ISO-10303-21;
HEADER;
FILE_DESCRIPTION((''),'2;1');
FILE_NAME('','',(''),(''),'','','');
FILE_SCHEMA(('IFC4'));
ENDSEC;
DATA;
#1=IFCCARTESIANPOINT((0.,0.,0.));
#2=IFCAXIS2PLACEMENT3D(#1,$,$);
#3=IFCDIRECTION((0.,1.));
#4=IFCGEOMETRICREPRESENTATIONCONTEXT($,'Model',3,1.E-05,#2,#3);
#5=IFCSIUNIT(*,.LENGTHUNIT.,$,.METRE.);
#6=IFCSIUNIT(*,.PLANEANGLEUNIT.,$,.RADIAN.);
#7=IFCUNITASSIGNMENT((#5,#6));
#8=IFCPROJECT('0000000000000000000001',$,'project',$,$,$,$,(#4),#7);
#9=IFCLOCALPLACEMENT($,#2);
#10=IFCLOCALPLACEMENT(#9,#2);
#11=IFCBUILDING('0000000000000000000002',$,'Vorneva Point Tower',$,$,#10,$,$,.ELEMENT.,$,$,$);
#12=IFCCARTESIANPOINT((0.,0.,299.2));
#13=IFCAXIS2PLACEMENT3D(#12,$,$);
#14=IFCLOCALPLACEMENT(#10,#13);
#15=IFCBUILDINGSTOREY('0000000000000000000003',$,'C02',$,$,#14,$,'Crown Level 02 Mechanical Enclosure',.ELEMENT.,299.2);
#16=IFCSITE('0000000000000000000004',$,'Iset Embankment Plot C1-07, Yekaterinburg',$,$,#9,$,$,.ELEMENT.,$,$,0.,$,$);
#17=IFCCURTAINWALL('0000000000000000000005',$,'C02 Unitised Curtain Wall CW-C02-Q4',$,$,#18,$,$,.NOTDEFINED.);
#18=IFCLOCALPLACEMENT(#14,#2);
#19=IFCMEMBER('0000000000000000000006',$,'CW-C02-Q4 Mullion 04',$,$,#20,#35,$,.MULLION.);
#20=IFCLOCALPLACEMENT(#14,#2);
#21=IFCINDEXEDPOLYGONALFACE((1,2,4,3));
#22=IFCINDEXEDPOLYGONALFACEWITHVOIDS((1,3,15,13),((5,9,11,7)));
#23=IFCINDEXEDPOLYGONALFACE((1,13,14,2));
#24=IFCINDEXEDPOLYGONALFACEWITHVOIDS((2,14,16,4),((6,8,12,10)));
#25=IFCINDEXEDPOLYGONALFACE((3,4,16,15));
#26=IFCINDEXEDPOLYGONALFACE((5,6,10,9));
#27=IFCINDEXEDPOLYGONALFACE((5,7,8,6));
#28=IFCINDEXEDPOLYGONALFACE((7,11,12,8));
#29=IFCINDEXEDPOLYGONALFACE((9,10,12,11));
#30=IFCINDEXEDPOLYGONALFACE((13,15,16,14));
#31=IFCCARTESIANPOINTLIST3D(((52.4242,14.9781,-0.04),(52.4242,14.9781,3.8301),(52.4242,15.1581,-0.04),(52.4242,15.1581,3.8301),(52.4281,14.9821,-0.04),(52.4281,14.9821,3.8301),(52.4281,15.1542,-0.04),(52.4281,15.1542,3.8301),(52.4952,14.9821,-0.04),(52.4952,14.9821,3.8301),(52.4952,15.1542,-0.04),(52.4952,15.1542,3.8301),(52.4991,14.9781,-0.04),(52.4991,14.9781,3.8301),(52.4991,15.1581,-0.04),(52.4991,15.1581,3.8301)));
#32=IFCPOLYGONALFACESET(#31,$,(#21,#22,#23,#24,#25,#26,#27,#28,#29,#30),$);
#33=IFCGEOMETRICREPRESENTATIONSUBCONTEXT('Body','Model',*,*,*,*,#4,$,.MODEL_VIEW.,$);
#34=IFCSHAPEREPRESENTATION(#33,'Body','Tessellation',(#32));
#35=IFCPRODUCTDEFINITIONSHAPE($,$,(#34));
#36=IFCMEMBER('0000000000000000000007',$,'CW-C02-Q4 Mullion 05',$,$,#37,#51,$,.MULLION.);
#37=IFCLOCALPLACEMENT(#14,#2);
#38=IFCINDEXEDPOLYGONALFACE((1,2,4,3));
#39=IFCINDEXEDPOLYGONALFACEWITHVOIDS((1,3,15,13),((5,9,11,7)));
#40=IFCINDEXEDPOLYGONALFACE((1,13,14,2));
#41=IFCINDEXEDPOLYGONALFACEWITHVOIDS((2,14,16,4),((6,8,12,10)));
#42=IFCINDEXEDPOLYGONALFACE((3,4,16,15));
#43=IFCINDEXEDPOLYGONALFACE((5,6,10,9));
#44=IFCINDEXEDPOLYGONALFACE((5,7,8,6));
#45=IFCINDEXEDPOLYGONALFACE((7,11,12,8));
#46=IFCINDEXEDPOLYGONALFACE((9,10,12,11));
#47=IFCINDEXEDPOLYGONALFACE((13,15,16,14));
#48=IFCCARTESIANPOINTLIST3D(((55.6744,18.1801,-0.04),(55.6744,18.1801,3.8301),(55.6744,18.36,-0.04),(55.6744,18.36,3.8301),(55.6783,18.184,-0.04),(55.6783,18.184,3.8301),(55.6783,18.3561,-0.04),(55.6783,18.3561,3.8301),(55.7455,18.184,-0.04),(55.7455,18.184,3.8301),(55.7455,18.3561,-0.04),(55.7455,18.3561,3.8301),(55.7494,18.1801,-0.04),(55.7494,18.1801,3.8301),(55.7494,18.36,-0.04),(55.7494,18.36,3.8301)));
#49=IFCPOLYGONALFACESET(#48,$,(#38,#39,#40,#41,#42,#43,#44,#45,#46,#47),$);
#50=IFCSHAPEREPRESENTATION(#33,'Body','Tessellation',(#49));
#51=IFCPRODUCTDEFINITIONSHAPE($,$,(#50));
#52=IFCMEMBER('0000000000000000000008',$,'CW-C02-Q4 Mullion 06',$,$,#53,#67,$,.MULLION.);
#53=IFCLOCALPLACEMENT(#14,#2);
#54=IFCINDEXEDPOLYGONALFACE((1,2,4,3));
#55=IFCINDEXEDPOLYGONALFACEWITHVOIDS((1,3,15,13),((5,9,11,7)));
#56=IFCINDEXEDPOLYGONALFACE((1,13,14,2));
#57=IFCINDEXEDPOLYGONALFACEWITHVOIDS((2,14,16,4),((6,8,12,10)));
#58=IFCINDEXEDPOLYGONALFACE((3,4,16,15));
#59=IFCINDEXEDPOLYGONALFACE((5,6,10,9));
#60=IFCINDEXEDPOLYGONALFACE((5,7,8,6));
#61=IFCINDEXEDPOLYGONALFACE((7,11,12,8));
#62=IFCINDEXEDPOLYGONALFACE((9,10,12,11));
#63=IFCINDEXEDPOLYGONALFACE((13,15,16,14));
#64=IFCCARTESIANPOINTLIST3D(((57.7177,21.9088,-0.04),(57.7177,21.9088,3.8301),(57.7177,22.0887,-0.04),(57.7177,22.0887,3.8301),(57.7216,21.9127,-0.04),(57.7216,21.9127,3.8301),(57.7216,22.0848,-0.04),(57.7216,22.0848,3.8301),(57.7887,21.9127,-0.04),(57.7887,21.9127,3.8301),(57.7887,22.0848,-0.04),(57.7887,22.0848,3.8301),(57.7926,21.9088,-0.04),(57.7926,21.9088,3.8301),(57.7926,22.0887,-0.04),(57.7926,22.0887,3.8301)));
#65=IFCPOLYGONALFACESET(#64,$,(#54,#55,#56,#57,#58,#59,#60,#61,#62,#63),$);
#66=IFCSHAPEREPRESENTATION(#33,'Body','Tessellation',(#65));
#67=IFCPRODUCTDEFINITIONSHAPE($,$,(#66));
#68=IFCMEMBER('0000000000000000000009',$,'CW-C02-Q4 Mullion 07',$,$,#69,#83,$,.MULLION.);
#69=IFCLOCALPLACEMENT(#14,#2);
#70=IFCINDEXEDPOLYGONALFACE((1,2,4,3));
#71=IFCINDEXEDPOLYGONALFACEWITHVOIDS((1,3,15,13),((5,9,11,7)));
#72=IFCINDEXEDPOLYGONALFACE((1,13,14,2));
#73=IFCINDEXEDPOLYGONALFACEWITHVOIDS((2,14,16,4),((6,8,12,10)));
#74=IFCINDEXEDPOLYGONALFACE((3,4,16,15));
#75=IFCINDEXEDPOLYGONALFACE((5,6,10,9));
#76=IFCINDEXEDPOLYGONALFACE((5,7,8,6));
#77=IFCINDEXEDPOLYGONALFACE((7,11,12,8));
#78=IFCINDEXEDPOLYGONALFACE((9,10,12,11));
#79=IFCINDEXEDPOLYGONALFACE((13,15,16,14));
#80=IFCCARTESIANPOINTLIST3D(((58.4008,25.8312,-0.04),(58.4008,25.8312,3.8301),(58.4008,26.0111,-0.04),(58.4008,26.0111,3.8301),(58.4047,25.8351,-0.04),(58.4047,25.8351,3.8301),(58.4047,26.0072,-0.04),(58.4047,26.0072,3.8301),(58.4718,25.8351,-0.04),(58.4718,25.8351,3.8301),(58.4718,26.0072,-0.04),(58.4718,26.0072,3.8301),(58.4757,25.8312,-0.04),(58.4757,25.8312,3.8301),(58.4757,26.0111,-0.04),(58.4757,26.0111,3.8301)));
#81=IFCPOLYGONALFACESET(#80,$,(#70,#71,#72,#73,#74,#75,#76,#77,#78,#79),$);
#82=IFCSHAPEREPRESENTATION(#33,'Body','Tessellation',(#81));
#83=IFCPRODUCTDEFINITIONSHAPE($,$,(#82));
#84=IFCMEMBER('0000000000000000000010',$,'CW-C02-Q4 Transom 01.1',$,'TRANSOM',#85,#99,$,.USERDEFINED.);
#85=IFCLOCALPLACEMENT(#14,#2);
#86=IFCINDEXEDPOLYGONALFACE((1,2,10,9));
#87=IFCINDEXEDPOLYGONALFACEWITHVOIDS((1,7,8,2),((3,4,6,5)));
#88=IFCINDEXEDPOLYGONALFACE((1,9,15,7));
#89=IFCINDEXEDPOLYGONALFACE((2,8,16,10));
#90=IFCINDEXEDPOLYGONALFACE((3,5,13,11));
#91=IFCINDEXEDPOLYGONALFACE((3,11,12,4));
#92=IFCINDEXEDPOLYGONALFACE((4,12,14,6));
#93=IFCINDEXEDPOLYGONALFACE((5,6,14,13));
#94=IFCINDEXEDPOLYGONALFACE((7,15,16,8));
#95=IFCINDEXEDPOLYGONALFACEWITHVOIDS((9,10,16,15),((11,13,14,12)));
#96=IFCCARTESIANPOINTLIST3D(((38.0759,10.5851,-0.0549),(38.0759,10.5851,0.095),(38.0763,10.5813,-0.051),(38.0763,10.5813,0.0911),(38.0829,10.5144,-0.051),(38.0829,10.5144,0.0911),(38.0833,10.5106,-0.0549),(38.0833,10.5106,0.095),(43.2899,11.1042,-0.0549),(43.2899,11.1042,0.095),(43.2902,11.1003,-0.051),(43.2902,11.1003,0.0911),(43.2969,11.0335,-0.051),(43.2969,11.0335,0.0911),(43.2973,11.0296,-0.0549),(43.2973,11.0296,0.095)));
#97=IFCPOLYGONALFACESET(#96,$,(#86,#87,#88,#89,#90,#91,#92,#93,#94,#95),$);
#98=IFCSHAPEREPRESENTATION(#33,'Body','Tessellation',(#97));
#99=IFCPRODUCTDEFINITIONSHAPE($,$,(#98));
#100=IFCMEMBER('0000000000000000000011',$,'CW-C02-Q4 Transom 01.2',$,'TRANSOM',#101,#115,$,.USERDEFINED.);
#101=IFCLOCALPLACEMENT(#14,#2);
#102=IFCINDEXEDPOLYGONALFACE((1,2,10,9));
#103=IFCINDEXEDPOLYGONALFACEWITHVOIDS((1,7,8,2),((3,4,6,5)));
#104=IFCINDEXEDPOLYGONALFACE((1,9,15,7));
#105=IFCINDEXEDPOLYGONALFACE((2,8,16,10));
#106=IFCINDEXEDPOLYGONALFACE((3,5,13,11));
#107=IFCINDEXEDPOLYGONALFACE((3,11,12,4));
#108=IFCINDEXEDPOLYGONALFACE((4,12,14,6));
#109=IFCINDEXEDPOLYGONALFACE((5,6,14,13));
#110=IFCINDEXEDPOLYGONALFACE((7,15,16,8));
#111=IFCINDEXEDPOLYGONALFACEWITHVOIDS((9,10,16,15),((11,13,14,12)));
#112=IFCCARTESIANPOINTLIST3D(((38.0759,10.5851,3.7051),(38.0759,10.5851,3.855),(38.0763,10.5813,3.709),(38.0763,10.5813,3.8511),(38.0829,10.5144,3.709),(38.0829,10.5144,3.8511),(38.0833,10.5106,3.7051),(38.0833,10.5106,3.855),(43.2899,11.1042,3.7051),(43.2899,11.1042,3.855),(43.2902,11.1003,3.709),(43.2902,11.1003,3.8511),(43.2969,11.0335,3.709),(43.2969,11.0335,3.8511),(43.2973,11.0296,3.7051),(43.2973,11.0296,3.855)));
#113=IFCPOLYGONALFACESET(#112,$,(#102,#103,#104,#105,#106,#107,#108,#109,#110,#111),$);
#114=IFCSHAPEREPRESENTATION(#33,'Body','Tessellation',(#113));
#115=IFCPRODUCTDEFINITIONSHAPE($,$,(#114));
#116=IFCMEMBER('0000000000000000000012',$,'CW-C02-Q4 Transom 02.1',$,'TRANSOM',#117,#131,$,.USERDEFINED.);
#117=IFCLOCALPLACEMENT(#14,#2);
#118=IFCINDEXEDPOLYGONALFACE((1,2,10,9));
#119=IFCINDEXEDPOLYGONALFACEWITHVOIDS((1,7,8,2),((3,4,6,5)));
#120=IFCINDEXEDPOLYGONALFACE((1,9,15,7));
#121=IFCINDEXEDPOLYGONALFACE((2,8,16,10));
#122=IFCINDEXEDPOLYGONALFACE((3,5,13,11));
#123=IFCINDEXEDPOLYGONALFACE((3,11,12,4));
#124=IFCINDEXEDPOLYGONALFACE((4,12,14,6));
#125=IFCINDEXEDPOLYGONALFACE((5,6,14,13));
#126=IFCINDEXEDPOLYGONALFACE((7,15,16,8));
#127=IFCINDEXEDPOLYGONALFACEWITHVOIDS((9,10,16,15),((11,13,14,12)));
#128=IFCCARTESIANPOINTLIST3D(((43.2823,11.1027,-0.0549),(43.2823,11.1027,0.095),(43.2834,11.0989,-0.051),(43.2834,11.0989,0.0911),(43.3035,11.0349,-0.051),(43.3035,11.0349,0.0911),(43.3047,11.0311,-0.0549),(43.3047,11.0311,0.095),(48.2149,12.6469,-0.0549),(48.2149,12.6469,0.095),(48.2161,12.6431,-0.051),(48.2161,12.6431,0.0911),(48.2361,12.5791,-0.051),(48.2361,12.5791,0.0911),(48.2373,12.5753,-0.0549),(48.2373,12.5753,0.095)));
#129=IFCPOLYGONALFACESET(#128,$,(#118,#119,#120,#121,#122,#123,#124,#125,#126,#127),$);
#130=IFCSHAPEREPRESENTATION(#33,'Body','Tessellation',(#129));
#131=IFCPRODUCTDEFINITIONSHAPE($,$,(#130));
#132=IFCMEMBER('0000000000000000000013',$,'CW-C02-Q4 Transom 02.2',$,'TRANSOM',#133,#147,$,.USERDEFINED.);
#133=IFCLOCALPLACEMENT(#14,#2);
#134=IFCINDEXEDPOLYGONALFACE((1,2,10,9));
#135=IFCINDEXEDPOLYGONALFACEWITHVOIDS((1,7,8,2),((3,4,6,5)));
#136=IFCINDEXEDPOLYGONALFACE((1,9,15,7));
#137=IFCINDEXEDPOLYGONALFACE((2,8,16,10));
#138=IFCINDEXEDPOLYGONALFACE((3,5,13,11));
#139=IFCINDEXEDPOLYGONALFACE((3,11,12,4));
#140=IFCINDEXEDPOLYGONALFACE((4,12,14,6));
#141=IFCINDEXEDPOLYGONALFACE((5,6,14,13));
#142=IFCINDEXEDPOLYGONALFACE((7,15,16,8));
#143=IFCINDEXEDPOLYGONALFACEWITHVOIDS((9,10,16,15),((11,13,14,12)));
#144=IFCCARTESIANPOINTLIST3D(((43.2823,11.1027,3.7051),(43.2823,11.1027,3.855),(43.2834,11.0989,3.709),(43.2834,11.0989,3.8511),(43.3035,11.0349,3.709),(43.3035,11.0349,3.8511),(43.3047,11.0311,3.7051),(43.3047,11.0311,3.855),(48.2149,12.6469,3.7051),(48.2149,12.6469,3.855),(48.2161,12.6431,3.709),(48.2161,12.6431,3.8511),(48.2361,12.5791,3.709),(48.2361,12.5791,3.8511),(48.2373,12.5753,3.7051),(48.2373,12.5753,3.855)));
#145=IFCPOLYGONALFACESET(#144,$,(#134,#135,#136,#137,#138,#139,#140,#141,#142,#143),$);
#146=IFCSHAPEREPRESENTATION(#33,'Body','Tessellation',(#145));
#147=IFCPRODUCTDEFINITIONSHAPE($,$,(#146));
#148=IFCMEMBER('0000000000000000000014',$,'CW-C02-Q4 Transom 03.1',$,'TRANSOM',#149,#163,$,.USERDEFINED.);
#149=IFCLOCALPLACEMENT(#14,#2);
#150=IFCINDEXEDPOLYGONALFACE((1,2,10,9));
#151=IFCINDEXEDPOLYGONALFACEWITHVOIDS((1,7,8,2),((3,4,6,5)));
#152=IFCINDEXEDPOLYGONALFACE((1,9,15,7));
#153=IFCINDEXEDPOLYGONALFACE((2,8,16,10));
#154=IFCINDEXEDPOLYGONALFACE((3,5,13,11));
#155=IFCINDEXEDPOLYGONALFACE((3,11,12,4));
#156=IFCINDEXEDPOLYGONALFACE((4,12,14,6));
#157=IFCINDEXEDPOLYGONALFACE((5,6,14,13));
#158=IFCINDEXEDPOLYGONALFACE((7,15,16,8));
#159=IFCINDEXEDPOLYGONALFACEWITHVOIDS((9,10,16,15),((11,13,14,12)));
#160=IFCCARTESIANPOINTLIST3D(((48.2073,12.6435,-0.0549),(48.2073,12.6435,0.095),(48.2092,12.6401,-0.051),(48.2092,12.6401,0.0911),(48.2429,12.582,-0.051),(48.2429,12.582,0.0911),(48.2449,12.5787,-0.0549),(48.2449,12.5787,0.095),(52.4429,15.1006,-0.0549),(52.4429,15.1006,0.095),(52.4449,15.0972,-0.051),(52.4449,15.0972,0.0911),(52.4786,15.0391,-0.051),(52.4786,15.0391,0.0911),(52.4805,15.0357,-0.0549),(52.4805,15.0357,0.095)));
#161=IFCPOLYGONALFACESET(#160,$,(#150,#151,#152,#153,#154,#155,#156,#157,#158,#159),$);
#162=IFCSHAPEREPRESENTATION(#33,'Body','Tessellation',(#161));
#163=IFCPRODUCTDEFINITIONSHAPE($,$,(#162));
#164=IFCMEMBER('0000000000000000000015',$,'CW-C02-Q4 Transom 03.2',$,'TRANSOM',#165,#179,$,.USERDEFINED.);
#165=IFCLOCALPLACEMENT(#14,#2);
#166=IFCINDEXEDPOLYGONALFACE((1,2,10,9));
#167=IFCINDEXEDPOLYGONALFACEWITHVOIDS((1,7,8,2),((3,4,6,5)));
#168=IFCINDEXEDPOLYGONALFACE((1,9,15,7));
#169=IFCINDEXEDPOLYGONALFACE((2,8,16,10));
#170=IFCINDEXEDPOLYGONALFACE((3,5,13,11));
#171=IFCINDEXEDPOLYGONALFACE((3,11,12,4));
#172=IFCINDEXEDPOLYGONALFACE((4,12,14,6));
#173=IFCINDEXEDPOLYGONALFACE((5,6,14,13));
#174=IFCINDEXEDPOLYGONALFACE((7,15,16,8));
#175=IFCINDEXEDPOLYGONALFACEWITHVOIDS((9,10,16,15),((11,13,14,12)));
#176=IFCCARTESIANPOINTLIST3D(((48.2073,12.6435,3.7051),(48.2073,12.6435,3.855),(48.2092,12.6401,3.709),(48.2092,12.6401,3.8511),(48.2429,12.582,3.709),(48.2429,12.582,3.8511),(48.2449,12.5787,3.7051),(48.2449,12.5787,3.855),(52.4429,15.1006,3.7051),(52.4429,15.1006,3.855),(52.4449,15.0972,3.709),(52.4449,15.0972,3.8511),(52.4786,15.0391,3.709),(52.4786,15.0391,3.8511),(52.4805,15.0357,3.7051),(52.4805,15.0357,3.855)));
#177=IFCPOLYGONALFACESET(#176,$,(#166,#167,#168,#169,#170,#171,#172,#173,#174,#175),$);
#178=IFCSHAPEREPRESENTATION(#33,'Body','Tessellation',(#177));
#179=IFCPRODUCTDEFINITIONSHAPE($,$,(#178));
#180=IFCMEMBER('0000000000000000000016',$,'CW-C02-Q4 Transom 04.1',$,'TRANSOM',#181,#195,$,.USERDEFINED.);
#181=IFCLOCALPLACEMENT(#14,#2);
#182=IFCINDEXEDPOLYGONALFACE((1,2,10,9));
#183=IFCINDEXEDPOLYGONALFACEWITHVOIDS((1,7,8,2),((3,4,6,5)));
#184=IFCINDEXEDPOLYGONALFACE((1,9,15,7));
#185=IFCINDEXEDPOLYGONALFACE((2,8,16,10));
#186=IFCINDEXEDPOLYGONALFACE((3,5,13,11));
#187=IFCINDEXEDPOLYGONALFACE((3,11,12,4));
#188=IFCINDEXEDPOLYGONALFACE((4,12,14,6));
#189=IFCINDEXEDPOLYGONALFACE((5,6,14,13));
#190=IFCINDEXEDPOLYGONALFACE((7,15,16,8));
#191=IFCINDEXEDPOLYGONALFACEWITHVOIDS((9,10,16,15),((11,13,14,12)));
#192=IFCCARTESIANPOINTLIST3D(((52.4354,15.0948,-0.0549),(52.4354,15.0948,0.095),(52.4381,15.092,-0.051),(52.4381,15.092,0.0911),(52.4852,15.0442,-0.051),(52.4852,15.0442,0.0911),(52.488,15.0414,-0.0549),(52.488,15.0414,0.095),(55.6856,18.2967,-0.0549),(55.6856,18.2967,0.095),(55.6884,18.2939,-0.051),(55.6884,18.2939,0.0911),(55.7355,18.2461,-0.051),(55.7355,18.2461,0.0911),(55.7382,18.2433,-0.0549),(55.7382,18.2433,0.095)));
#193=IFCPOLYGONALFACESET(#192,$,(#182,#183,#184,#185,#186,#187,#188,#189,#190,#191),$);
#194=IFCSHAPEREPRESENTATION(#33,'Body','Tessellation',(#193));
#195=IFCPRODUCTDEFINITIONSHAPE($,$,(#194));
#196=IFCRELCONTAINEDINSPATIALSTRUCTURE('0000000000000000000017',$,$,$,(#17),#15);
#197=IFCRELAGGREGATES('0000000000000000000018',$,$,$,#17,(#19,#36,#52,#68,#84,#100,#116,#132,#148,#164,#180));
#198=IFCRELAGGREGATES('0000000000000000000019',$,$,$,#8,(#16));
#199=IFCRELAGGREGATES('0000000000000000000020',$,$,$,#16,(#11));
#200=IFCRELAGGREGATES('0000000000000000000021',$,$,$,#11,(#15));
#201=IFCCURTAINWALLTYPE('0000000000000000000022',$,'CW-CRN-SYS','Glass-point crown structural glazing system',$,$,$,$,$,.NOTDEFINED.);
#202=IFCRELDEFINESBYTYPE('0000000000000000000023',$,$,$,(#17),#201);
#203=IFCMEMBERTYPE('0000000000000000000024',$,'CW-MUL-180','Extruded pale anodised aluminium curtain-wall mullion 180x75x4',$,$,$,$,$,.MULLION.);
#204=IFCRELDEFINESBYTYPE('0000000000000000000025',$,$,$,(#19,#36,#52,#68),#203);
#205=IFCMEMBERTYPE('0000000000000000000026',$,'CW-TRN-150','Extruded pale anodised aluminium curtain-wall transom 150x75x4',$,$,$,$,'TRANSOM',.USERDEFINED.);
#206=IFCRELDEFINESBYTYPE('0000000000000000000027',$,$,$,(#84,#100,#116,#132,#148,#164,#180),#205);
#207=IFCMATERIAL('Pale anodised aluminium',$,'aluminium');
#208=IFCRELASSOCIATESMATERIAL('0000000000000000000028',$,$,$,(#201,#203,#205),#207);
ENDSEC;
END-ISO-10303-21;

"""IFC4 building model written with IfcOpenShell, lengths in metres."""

from ifc_helpers import new_model, si_unit, direction, frame, origin, origin_2d, place, context, subcontext, project, spatial, hollow_rectangle, extrude, material, material_profile, profile_set, type_object, element, aggregate, save


model = new_model("IFC4")

# Units and contexts
model_context = context("Model", 3, precision=1e-05, world=origin(), true_north=direction((0.0, 1.0)))
body_context = subcontext(model_context, "Body", "Model", "MODEL_VIEW")
ifc_project = project(units=[si_unit("LENGTHUNIT", "METRE"), si_unit("PLANEANGLEUNIT", "RADIAN")], contexts=[model_context])

# Site, building, storey
site_placement = place(None, origin())
site = spatial("IfcSite", under=ifc_project, at=site_placement, Name="Iset Embankment Plot C1-07, Yekaterinburg", CompositionType="ELEMENT", RefElevation=0.0)
building_placement = place(site_placement, origin())
building = spatial("IfcBuilding", under=site, at=building_placement, Name="Vorneva Point Tower", CompositionType="ELEMENT")
storey_placement = place(building_placement, frame((0.0, 0.0, 299.2)))
storey = spatial("IfcBuildingStorey", under=building, at=storey_placement, Name="C02", LongName="Crown Level 02 Mechanical Enclosure", CompositionType="ELEMENT", Elevation=299.2)

# Curtain wall, members
ifc_material_1 = material(Name="Pale anodised aluminium", Category="aluminium")
curtain_wall_type = type_object("IfcCurtainWallType", Name="CW-CRN-SYS", Description="Glass-point crown structural glazing system", PredefinedType="NOTDEFINED", material=ifc_material_1)
curtain_wall_placement = place(storey_placement, origin())
curtain_wall = element("IfcCurtainWall", 1, at=curtain_wall_placement, inside=storey, type_object=curtain_wall_type, Name="C02 Unitised Curtain Wall CW-C02-Q4", PredefinedType="NOTDEFINED")
ifc_material_profile_1 = material_profile(ifc_material_1, hollow_rectangle(XDim=0.075, YDim=0.1799, WallThickness=0.0039, at=origin_2d()), Name="AL-MUL 180x75x4")
ifc_profile_set_1 = profile_set([ifc_material_profile_1], Name="Pale anodised aluminium")
member_type_1 = type_object("IfcMemberType", Name="CW-MUL-180", Description="Extruded pale anodised aluminium curtain-wall mullion 180x75x4", PredefinedType="MULLION", material=ifc_profile_set_1)
member_1_placement = place(storey_placement, frame((52.4617, 15.0681, -0.04), z_axis=(0.0, 0.0, 1.0), x_axis=(1.0, 0.0, 0.0)))
member_1 = element("IfcMember", 2, at=member_1_placement, type_object=member_type_1, Name="CW-C02-Q4 Mullion 04", PredefinedType="MULLION", context=body_context, shape_type="SweptSolid", body=[
    extrude(hollow_rectangle(XDim=0.075, YDim=0.1799, WallThickness=0.0039, at=origin_2d()), origin(), (0.0, 0.0, 1.0), 3.8701),
])
member_2_placement = place(storey_placement, frame((55.7119, 18.27, -0.04), z_axis=(0.0, 0.0, 1.0), x_axis=(1.0, 0.0, 0.0)))
member_2 = element("IfcMember", 3, at=member_2_placement, type_object=member_type_1, Name="CW-C02-Q4 Mullion 05", PredefinedType="MULLION", context=body_context, shape_type="SweptSolid", body=[
    extrude(hollow_rectangle(XDim=0.075, YDim=0.1799, WallThickness=0.0039, at=origin_2d()), origin(), (0.0, 0.0, 1.0), 3.8701),
])
member_3_placement = place(storey_placement, frame((57.7551, 21.9988, -0.04), z_axis=(0.0, 0.0, 1.0), x_axis=(1.0, 0.0, 0.0)))
member_3 = element("IfcMember", 4, at=member_3_placement, type_object=member_type_1, Name="CW-C02-Q4 Mullion 06", PredefinedType="MULLION", context=body_context, shape_type="SweptSolid", body=[
    extrude(hollow_rectangle(XDim=0.075, YDim=0.1799, WallThickness=0.0039, at=origin_2d()), origin(), (0.0, 0.0, 1.0), 3.8701),
])
member_4_placement = place(storey_placement, frame((58.4382, 25.9211, -0.04), z_axis=(0.0, 0.0, 1.0), x_axis=(1.0, 0.0, 0.0)))
member_4 = element("IfcMember", 5, at=member_4_placement, type_object=member_type_1, Name="CW-C02-Q4 Mullion 07", PredefinedType="MULLION", context=body_context, shape_type="SweptSolid", body=[
    extrude(hollow_rectangle(XDim=0.075, YDim=0.1799, WallThickness=0.0039, at=origin_2d()), origin(), (0.0, 0.0, 1.0), 3.8701),
])
ifc_material_profile_2 = material_profile(ifc_material_1, hollow_rectangle(XDim=0.075, YDim=0.1499, WallThickness=0.0039, at=origin_2d()), Name="AL-TRN 150x75x4")
ifc_profile_set_2 = profile_set([ifc_material_profile_2], Name="Pale anodised aluminium")
member_type_2 = type_object("IfcMemberType", Name="CW-TRN-150", Description="Extruded pale anodised aluminium curtain-wall transom 150x75x4", ElementType="TRANSOM", PredefinedType="USERDEFINED", material=ifc_profile_set_2)
member_5_placement = place(storey_placement, frame((38.0796, 10.5479, 0.02), z_axis=(0.995081, 0.099061, 0.0), x_axis=(-0.099061, 0.995081, 0.0)))
member_5 = element("IfcMember", 6, at=member_5_placement, type_object=member_type_2, Name="CW-C02-Q4 Transom 01.1", ObjectType="TRANSOM", PredefinedType="USERDEFINED", context=body_context, shape_type="SweptSolid", body=[
    extrude(hollow_rectangle(XDim=0.075, YDim=0.1499, WallThickness=0.0039, at=origin_2d()), origin(), (0.0, 0.0, 1.0), 5.2397),
])
member_6_placement = place(storey_placement, frame((38.0796, 10.5479, 3.78), z_axis=(0.995081, 0.099061, 0.0), x_axis=(-0.099061, 0.995081, 0.0)))
member_6 = element("IfcMember", 7, at=member_6_placement, type_object=member_type_2, Name="CW-C02-Q4 Transom 01.2", ObjectType="TRANSOM", PredefinedType="USERDEFINED", context=body_context, shape_type="SweptSolid", body=[
    extrude(hollow_rectangle(XDim=0.075, YDim=0.1499, WallThickness=0.0039, at=origin_2d()), origin(), (0.0, 0.0, 1.0), 5.2397),
])
member_7_placement = place(storey_placement, frame((43.2935, 11.0669, 0.02), z_axis=(0.954329, 0.298759, 0.0), x_axis=(-0.298759, 0.954329, 0.0)))
member_7 = element("IfcMember", 8, at=member_7_placement, type_object=member_type_2, Name="CW-C02-Q4 Transom 02.1", ObjectType="TRANSOM", PredefinedType="USERDEFINED", context=body_context, shape_type="SweptSolid", body=[
    extrude(hollow_rectangle(XDim=0.075, YDim=0.1499, WallThickness=0.0039, at=origin_2d()), origin(), (0.0, 0.0, 1.0), 5.1687),
])
member_8_placement = place(storey_placement, frame((43.2935, 11.0669, 3.78), z_axis=(0.954329, 0.298759, 0.0), x_axis=(-0.298759, 0.954329, 0.0)))
member_8 = element("IfcMember", 9, at=member_8_placement, type_object=member_type_2, Name="CW-C02-Q4 Transom 02.2", ObjectType="TRANSOM", PredefinedType="USERDEFINED", context=body_context, shape_type="SweptSolid", body=[
    extrude(hollow_rectangle(XDim=0.075, YDim=0.1499, WallThickness=0.0039, at=origin_2d()), origin(), (0.0, 0.0, 1.0), 5.1687),
])
member_9_placement = place(storey_placement, frame((48.2261, 12.6111, 0.02), z_axis=(0.864997, 0.501777, 0.0), x_axis=(-0.501777, 0.864997, 0.0)))
member_9 = element("IfcMember", 10, at=member_9_placement, type_object=member_type_2, Name="CW-C02-Q4 Transom 03.1", ObjectType="TRANSOM", PredefinedType="USERDEFINED", context=body_context, shape_type="SweptSolid", body=[
    extrude(hollow_rectangle(XDim=0.075, YDim=0.1499, WallThickness=0.0039, at=origin_2d()), origin(), (0.0, 0.0, 1.0), 4.8967),
])
member_10_placement = place(storey_placement, frame((48.2261, 12.6111, 3.78), z_axis=(0.864997, 0.501777, 0.0), x_axis=(-0.501777, 0.864997, 0.0)))
member_10 = element("IfcMember", 11, at=member_10_placement, type_object=member_type_2, Name="CW-C02-Q4 Transom 03.2", ObjectType="TRANSOM", PredefinedType="USERDEFINED", context=body_context, shape_type="SweptSolid", body=[
    extrude(hollow_rectangle(XDim=0.075, YDim=0.1499, WallThickness=0.0039, at=origin_2d()), origin(), (0.0, 0.0, 1.0), 4.8967),
])
member_11_placement = place(storey_placement, frame((52.4617, 15.0681, 0.02), z_axis=(0.712384, 0.701789, 0.0), x_axis=(-0.701789, 0.712384, 0.0)))
member_11 = element("IfcMember", 12, at=member_11_placement, type_object=member_type_2, Name="CW-C02-Q4 Transom 04.1", ObjectType="TRANSOM", PredefinedType="USERDEFINED", context=body_context, shape_type="SweptSolid", body=[
    extrude(hollow_rectangle(XDim=0.075, YDim=0.1499, WallThickness=0.0039, at=origin_2d()), origin(), (0.0, 0.0, 1.0), 4.5625),
])

aggregate(curtain_wall, [member_1, member_2, member_3, member_4, member_5, member_6, member_7, member_8, member_9, member_10, member_11])

save(model, "model.ifc")
